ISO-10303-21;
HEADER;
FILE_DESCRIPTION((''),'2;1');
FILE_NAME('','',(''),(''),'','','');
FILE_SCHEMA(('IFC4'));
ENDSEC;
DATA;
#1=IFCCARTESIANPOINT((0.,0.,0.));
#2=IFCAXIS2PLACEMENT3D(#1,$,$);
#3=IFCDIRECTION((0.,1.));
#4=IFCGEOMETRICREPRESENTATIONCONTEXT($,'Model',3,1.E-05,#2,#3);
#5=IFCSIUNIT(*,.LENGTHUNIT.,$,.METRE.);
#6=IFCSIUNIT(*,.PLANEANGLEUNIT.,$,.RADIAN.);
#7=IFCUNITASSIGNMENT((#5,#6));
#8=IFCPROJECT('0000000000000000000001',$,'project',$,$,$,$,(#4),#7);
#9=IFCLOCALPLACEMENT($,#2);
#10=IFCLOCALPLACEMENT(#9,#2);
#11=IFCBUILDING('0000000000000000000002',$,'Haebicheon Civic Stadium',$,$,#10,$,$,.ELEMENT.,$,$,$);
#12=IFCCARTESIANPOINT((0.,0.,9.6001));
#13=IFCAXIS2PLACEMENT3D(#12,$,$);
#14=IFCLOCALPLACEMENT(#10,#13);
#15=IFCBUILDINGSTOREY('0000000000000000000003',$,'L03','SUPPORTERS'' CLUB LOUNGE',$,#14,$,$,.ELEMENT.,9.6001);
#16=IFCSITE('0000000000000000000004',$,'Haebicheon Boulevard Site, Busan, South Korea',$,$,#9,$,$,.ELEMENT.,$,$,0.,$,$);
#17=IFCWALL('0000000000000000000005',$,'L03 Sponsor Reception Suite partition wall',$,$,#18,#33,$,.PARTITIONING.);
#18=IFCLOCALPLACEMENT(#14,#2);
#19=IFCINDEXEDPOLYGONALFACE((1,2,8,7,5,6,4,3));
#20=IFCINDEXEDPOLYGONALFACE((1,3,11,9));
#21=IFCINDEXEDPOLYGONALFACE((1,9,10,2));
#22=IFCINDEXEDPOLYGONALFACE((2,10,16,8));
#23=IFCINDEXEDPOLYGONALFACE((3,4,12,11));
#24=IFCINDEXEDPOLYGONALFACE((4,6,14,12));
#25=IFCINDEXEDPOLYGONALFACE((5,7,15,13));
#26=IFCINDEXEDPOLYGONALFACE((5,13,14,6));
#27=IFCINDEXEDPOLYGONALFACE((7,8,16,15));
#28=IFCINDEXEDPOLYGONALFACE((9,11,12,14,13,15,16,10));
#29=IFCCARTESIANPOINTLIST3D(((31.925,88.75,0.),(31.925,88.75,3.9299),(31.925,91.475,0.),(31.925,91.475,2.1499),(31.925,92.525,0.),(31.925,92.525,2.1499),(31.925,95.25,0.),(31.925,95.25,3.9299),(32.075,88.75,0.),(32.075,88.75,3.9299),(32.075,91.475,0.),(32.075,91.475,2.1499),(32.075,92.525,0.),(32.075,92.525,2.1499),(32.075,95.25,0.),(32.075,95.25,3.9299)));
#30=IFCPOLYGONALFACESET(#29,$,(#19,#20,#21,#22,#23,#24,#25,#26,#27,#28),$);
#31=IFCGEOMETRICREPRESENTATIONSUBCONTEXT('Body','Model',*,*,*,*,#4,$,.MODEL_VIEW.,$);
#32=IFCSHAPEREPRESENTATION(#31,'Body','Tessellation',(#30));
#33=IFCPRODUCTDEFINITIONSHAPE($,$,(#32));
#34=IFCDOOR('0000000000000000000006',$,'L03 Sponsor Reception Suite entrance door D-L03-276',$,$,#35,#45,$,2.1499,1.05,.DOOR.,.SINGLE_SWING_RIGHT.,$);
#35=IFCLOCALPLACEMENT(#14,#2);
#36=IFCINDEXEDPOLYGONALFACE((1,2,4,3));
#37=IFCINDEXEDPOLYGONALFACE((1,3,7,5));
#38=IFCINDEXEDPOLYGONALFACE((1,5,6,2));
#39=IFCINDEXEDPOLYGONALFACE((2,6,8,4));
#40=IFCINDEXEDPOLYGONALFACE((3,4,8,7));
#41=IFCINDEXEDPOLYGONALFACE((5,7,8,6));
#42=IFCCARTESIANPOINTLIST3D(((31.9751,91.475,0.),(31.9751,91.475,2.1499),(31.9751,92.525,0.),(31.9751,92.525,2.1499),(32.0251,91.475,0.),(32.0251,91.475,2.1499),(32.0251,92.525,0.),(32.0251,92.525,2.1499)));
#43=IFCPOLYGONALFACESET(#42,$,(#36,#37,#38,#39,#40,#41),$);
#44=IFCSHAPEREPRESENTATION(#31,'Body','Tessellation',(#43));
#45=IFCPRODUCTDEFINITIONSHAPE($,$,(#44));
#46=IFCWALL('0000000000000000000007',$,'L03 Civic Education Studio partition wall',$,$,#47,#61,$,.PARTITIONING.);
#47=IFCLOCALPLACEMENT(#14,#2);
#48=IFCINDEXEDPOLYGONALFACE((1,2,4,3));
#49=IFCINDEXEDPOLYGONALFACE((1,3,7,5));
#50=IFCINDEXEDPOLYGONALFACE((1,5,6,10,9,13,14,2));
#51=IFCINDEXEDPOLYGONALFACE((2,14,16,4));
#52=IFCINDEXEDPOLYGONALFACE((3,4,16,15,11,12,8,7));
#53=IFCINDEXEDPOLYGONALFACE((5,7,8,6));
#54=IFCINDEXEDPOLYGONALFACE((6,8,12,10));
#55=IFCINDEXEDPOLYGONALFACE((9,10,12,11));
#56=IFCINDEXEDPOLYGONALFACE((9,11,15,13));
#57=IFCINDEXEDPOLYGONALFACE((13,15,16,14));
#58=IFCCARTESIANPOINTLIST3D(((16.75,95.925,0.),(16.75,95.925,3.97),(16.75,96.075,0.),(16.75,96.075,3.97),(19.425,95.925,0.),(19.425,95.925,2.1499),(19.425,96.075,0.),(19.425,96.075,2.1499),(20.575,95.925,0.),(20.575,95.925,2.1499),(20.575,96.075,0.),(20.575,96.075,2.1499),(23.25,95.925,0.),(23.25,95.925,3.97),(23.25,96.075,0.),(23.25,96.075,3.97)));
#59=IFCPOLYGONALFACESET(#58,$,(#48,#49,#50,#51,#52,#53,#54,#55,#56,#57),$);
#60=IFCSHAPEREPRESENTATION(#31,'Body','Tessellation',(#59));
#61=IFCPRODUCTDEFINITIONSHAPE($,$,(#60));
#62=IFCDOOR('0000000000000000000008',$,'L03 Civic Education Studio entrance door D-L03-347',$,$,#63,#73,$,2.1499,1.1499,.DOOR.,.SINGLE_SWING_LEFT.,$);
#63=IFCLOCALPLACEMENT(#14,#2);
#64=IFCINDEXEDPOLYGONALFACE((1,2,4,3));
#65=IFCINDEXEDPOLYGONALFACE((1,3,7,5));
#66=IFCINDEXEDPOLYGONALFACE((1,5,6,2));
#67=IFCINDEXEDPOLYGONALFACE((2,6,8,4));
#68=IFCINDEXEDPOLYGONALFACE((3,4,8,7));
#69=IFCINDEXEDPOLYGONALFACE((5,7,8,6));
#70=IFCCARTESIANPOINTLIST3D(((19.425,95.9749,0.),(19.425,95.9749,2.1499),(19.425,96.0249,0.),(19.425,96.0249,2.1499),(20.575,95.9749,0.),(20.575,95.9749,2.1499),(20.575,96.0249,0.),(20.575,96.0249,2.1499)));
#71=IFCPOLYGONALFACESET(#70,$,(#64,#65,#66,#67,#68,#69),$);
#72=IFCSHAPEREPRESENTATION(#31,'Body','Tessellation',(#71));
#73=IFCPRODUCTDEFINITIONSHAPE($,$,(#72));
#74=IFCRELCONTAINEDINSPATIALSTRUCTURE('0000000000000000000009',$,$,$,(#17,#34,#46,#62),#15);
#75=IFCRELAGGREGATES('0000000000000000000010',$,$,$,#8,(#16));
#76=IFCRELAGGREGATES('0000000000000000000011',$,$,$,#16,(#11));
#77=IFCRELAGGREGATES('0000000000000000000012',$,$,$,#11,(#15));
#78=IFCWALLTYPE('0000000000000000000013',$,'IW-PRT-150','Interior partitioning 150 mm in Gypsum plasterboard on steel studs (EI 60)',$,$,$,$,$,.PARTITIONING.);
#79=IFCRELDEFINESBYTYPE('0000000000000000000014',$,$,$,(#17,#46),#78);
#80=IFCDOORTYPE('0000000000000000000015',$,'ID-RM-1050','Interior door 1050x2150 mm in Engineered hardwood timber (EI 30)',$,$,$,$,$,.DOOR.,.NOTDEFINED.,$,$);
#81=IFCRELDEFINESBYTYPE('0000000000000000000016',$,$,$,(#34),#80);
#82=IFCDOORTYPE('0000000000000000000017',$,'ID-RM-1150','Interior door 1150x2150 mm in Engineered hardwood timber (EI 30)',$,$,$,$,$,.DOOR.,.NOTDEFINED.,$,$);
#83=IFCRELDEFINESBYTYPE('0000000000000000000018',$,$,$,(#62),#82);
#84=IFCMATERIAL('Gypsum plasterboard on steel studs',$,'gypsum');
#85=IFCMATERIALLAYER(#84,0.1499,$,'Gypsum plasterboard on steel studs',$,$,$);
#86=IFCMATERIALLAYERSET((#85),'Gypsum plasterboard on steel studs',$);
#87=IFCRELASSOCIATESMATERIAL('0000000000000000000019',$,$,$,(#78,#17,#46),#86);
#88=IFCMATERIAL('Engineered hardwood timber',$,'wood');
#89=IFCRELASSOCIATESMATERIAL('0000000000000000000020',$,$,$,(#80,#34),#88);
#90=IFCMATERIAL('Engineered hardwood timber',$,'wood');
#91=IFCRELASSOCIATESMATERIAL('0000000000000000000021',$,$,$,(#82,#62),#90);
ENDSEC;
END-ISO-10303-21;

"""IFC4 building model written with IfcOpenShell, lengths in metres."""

from ifc_helpers import new_model, si_unit, direction, frame, frame_2d, origin, place, context, subcontext, project, spatial, rectangle, extrude, material, layer, layer_set, type_object, element, fill, save


model = new_model("IFC4")

# Units and contexts
model_context = context("Model", 3, precision=1e-05, world=origin(), true_north=direction((0.0, 1.0)))
body_context = subcontext(model_context, "Body", "Model", "MODEL_VIEW")
ifc_project = project(units=[si_unit("LENGTHUNIT", "METRE"), si_unit("PLANEANGLEUNIT", "RADIAN")], contexts=[model_context])

# Site, building, storey
site_placement = place(None, origin())
site = spatial("IfcSite", under=ifc_project, at=site_placement, Name="Haebicheon Boulevard Site, Busan, South Korea", CompositionType="ELEMENT", RefElevation=0.0)
building_placement = place(site_placement, origin())
building = spatial("IfcBuilding", under=site, at=building_placement, Name="Haebicheon Civic Stadium", CompositionType="ELEMENT")
storey_placement = place(building_placement, frame((0.0, 0.0, 9.6001)))
storey = spatial("IfcBuildingStorey", under=building, at=storey_placement, Name="L03", Description="SUPPORTERS' CLUB LOUNGE", CompositionType="ELEMENT", Elevation=9.6001)

# Walls, openings, doors
ifc_material_1 = material(Name="Gypsum plasterboard on steel studs", Category="gypsum")
ifc_layer_1 = layer(ifc_material_1, 0.1499, Name="Gypsum plasterboard on steel studs")
ifc_layer_set_1 = layer_set([ifc_layer_1], Name="Gypsum plasterboard on steel studs")
wall_type_1 = type_object("IfcWallType", Name="IW-PRT-150", Description="Interior partitioning 150 mm in Gypsum plasterboard on steel studs (EI 60)", PredefinedType="PARTITIONING", material=ifc_layer_set_1)
ifc_material_2 = material(Name="Engineered hardwood timber", Category="wood")
door_type_1 = type_object("IfcDoorType", Name="ID-RM-1050", Description="Interior door 1050x2150 mm in Engineered hardwood timber (EI 30)", OperationType="NOTDEFINED", PredefinedType="DOOR", material=ifc_material_2)
wall_1_placement = place(storey_placement, frame((32.0, 88.75, 0.0), z_axis=(0.0, 0.0, 1.0), x_axis=(0.0, 1.0, 0.0)))
wall_1 = element("IfcWall", 1, at=wall_1_placement, inside=storey, type_object=wall_type_1, material=ifc_layer_set_1, Name="L03 Sponsor Reception Suite partition wall", PredefinedType="PARTITIONING", context=body_context, shape_type="SweptSolid", body=[
    extrude(rectangle(XDim=6.5, YDim=0.1499, at=frame_2d((3.25, 0.0))), origin(), (0.0, 0.0, 1.0), 3.9299),
])
opening_1_placement = place(wall_1_placement, frame((2.7251, 0.0, 0.0)))
opening_1 = element("IfcOpeningElement", 2, at=opening_1_placement, cuts=wall_1, PredefinedType="OPENING", context=body_context, shape_type="SweptSolid", body=[
    extrude(rectangle(XDim=1.05, YDim=2.1499, at=frame_2d((0.5249, 1.075))), frame((0.0, 0.085, 0.0), z_axis=(0.0, -1.0, 0.0), x_axis=(1.0, 0.0, 0.0)), (0.0, 0.0, 1.0), 0.1699),
])
door_1_placement = place(opening_1_placement, origin())
door_1 = element("IfcDoor", 3, at=door_1_placement, inside=storey, type_object=door_type_1, material=ifc_material_2, Name="L03 Sponsor Reception Suite entrance door D-L03-276", OperationType="SINGLE_SWING_RIGHT", OverallHeight=2.1499, OverallWidth=1.05, PredefinedType="DOOR", context=body_context, shape_type="SweptSolid", body=[
    extrude(rectangle(XDim=1.05, YDim=2.1499, at=frame_2d((0.5249, 1.075))), frame((0.0, 0.0249, 0.0), z_axis=(0.0, -1.0, 0.0), x_axis=(1.0, 0.0, 0.0)), (0.0, 0.0, 1.0), 0.05),
])
fill(opening_1, door_1)
wall_2_placement = place(storey_placement, frame((16.75, 96.0, 0.0), z_axis=(0.0, 0.0, 1.0), x_axis=(1.0, 0.0, 0.0)))
wall_2 = element("IfcWall", 4, at=wall_2_placement, inside=storey, type_object=wall_type_1, material=ifc_layer_set_1, Name="L03 Civic Education Studio partition wall", PredefinedType="PARTITIONING", context=body_context, shape_type="SweptSolid", body=[
    extrude(rectangle(XDim=6.5, YDim=0.1499, at=frame_2d((3.25, 0.0))), origin(), (0.0, 0.0, 1.0), 3.97),
])
opening_2_placement = place(wall_2_placement, frame((2.675, 0.0, 0.0)))
opening_2 = element("IfcOpeningElement", 5, at=opening_2_placement, cuts=wall_2, PredefinedType="OPENING", context=body_context, shape_type="SweptSolid", body=[
    extrude(rectangle(XDim=1.1499, YDim=2.1499, at=frame_2d((0.575, 1.075))), frame((0.0, 0.085, 0.0), z_axis=(0.0, -1.0, 0.0), x_axis=(1.0, 0.0, 0.0)), (0.0, 0.0, 1.0), 0.1699),
])
ifc_material_3 = material(Name="Engineered hardwood timber", Category="wood")
door_type_2 = type_object("IfcDoorType", Name="ID-RM-1150", Description="Interior door 1150x2150 mm in Engineered hardwood timber (EI 30)", OperationType="NOTDEFINED", PredefinedType="DOOR", material=ifc_material_3)
door_2_placement = place(opening_2_placement, origin())
door_2 = element("IfcDoor", 6, at=door_2_placement, inside=storey, type_object=door_type_2, material=ifc_material_3, Name="L03 Civic Education Studio entrance door D-L03-347", OperationType="SINGLE_SWING_LEFT", OverallHeight=2.1499, OverallWidth=1.1499, PredefinedType="DOOR", context=body_context, shape_type="SweptSolid", body=[
    extrude(rectangle(XDim=1.1499, YDim=2.1499, at=frame_2d((0.575, 1.075))), frame((0.0, 0.0249, 0.0), z_axis=(0.0, -1.0, 0.0), x_axis=(1.0, 0.0, 0.0)), (0.0, 0.0, 1.0), 0.05),
])
fill(opening_2, door_2)

save(model, "model.ifc")
